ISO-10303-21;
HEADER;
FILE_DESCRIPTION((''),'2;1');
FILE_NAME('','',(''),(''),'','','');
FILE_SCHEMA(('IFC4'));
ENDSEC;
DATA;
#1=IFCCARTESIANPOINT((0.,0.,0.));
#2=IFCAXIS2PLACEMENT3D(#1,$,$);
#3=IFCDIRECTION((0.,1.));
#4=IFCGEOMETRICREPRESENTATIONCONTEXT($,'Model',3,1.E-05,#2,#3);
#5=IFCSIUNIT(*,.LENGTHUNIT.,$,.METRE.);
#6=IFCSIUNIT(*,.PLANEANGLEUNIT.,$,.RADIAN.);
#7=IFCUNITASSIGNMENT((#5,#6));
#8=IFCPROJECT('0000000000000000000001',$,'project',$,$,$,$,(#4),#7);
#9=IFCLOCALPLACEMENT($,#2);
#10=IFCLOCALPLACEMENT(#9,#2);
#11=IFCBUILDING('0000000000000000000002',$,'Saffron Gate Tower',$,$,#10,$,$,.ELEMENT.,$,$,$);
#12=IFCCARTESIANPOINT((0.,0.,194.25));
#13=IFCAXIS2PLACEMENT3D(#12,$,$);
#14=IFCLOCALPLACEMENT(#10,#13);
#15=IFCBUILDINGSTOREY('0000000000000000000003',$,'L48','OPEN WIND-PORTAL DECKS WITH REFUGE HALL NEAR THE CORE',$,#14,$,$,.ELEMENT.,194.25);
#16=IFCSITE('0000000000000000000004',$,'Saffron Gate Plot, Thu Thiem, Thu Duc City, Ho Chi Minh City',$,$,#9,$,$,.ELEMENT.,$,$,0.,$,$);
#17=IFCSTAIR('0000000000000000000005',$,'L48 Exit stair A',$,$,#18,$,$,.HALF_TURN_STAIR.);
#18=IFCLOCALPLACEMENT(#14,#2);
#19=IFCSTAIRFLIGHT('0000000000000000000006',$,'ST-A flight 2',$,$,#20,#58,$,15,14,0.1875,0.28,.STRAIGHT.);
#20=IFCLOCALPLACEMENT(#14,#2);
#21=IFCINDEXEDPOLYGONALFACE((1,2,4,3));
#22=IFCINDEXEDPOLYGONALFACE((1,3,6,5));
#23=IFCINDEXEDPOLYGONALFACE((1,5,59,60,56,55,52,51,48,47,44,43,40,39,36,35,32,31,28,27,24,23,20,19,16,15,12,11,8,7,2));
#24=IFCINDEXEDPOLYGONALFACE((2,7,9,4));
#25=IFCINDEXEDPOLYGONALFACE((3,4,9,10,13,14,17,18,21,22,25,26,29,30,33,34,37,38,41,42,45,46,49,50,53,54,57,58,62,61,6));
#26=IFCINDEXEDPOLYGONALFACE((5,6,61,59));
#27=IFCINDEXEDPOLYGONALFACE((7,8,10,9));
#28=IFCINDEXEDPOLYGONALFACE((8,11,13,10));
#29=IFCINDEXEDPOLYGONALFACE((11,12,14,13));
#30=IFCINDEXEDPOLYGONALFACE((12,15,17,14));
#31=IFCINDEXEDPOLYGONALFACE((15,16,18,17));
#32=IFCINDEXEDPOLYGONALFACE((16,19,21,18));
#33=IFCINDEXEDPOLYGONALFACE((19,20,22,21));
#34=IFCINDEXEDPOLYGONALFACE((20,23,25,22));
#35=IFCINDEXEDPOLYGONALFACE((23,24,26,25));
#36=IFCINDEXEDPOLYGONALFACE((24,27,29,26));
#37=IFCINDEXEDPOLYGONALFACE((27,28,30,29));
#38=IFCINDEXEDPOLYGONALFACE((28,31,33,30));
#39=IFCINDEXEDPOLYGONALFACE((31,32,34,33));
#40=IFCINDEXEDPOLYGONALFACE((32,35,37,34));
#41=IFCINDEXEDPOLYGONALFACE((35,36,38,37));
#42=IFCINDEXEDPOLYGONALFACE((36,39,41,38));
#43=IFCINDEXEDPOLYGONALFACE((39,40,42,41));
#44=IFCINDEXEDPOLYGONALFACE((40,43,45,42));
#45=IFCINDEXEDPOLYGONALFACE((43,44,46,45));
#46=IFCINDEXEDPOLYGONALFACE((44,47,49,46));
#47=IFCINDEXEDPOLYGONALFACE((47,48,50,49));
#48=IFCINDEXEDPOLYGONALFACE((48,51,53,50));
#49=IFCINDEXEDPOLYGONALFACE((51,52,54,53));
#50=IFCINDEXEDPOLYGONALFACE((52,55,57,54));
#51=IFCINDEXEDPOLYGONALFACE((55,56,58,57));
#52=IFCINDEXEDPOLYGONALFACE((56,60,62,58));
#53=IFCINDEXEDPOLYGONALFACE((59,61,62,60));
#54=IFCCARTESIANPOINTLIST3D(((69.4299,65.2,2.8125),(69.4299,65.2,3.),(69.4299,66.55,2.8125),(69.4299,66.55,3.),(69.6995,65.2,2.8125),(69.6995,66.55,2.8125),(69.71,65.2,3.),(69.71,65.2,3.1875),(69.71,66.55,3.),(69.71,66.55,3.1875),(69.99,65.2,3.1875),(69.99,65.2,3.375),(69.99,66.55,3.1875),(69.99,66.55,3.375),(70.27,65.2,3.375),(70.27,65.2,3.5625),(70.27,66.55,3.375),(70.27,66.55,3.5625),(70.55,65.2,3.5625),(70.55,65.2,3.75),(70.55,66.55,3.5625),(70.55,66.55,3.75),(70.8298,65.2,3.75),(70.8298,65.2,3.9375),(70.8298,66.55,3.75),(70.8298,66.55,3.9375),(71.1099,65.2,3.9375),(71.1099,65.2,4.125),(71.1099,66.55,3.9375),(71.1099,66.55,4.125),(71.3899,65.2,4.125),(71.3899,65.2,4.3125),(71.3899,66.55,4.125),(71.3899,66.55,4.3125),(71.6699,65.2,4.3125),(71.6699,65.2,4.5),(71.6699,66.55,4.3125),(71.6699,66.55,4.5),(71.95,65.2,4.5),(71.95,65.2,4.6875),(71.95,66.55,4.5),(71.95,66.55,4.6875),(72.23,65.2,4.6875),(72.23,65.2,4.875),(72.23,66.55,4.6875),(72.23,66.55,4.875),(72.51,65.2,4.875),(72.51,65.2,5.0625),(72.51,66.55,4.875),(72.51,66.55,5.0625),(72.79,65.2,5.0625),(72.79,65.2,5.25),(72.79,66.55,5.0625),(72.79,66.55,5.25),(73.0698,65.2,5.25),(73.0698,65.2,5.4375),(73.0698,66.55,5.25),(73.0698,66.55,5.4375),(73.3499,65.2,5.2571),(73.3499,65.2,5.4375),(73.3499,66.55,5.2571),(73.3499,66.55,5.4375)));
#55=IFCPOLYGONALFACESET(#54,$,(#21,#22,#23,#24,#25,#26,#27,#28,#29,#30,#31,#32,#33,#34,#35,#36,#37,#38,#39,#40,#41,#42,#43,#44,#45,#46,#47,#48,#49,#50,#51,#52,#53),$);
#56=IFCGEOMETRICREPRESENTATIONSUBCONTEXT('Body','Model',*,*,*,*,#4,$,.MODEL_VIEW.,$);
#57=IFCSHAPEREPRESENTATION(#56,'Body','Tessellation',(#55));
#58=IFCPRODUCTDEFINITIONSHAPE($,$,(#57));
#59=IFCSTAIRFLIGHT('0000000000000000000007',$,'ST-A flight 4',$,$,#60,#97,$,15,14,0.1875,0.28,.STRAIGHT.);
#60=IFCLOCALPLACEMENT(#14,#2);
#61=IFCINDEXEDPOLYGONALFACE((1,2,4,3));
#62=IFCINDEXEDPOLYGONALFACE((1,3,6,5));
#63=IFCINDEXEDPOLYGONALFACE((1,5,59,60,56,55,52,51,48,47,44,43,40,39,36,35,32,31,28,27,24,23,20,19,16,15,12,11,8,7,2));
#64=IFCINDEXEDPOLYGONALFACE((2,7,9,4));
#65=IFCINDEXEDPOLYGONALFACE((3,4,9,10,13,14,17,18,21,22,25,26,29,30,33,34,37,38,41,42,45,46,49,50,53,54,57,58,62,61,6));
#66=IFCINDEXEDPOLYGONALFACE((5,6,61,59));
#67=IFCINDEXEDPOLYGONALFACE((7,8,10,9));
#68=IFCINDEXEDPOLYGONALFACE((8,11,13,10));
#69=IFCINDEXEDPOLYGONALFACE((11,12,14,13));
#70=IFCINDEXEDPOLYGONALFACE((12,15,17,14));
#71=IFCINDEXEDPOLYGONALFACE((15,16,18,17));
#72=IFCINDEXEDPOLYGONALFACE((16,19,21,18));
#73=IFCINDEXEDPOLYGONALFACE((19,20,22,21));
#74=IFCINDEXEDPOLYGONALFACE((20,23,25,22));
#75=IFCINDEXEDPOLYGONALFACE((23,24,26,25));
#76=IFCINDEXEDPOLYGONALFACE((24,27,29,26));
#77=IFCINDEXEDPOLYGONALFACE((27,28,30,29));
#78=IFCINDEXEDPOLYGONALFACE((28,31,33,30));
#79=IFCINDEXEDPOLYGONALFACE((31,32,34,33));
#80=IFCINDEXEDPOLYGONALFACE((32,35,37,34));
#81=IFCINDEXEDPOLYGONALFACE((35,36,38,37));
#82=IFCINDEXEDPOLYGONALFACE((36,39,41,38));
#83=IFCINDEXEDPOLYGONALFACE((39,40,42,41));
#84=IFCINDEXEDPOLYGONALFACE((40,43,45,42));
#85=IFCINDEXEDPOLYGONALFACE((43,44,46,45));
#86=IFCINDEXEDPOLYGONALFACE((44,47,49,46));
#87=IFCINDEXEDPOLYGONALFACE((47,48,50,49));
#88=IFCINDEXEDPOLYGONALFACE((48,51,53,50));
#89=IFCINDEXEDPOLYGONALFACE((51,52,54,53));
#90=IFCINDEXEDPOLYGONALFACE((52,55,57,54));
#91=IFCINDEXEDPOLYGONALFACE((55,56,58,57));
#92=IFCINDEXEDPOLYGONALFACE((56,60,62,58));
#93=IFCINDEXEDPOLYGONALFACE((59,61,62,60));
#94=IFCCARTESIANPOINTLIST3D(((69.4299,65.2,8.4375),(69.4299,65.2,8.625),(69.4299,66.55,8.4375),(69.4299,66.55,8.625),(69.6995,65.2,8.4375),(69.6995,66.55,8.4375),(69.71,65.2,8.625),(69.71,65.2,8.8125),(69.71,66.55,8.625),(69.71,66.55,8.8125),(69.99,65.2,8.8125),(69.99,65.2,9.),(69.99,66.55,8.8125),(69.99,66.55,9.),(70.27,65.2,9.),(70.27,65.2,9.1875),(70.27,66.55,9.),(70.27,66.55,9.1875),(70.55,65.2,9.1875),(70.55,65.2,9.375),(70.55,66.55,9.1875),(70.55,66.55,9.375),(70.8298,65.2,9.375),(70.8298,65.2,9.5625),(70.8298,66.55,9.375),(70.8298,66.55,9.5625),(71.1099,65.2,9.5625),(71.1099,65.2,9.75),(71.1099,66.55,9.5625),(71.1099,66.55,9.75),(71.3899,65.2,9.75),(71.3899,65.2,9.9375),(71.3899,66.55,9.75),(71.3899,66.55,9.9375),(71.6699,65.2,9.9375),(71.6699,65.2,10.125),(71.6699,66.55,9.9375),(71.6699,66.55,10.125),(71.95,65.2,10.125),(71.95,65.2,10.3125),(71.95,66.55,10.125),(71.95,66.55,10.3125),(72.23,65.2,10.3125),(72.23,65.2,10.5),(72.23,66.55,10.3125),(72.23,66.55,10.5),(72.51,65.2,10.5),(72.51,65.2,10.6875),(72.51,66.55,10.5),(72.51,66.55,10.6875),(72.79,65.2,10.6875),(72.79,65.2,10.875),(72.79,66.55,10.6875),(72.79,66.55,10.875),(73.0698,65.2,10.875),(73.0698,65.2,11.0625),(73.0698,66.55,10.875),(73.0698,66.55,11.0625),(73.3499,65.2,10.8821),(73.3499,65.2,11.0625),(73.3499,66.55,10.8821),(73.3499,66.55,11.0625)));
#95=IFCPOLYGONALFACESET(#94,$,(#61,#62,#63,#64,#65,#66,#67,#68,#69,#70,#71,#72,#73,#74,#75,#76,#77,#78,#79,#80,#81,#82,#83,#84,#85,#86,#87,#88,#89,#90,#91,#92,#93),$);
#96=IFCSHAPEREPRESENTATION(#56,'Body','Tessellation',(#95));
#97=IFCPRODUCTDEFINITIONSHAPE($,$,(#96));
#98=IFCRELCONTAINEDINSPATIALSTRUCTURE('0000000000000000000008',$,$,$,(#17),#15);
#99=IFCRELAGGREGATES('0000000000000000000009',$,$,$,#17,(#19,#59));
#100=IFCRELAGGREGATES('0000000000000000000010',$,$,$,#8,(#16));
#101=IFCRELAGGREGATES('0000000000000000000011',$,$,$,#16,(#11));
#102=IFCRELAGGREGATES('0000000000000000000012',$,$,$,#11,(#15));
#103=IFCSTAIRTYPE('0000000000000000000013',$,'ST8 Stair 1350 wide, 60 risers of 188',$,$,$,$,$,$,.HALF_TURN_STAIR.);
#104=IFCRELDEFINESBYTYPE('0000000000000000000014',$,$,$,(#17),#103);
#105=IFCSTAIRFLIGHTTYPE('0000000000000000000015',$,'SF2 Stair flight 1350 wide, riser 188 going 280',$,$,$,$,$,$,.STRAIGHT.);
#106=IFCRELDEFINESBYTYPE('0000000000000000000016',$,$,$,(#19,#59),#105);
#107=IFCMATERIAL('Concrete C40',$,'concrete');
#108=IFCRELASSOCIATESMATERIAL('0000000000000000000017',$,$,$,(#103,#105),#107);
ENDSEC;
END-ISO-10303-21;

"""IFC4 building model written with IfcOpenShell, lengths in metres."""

from ifc_helpers import new_model, si_unit, direction, frame, origin, place, context, subcontext, project, spatial, polyline, outline, extrude, material, type_object, element, aggregate, save


model = new_model("IFC4")

# Units and contexts
model_context = context("Model", 3, precision=1e-05, world=origin(), true_north=direction((0.0, 1.0)))
body_context = subcontext(model_context, "Body", "Model", "MODEL_VIEW")
ifc_project = project(units=[si_unit("LENGTHUNIT", "METRE"), si_unit("PLANEANGLEUNIT", "RADIAN")], contexts=[model_context])

# Site, building, storey
site_placement = place(None, origin())
site = spatial("IfcSite", under=ifc_project, at=site_placement, Name="Saffron Gate Plot, Thu Thiem, Thu Duc City, Ho Chi Minh City", CompositionType="ELEMENT", RefElevation=0.0)
building_placement = place(site_placement, origin())
building = spatial("IfcBuilding", under=site, at=building_placement, Name="Saffron Gate Tower", CompositionType="ELEMENT")
storey_placement = place(building_placement, frame((0.0, 0.0, 194.25)))
storey = spatial("IfcBuildingStorey", under=building, at=storey_placement, Name="L48", Description="OPEN WIND-PORTAL DECKS WITH REFUGE HALL NEAR THE CORE", CompositionType="ELEMENT", Elevation=194.25)

# Stair, stair flights
ifc_material_1 = material(Name="Concrete C40", Category="concrete")
stair_type = type_object("IfcStairType", Name="ST8 Stair 1350 wide, 60 risers of 188", PredefinedType="HALF_TURN_STAIR", material=ifc_material_1)
stair_placement = place(storey_placement, origin())
stair = element("IfcStair", 1, at=stair_placement, inside=storey, type_object=stair_type, Name="L48 Exit stair A", PredefinedType="HALF_TURN_STAIR")
stair_flight_type = type_object("IfcStairFlightType", Name="SF2 Stair flight 1350 wide, riser 188 going 280", PredefinedType="STRAIGHT", material=ifc_material_1)
stair_flight_1_placement = place(storey_placement, frame((69.4299, 65.875, 2.8125), z_axis=(0.0, 0.0, 1.0), x_axis=(1.0, 0.0, 0.0)))
stair_flight_1 = element("IfcStairFlight", 2, at=stair_flight_1_placement, type_object=stair_flight_type, Name="ST-A flight 2", NumberOfRisers=15, NumberOfTreads=14, PredefinedType="STRAIGHT", RiserHeight=0.1875, TreadLength=0.28, context=body_context, shape_type="SweptSolid", body=[
    extrude(outline(polyline([(0.0, 0.0), (0.0, 0.1875), (0.28, 0.1875), (0.28, 0.375), (0.5601, 0.375), (0.5601, 0.5625), (0.8401, 0.5625), (0.8401, 0.75), (1.1201, 0.75), (1.1201, 0.9375), (1.3999, 0.9375), (1.3999, 1.125), (1.6799, 1.125), (1.6799, 1.3125), (1.96, 1.3125), (1.96, 1.5), (2.24, 1.5), (2.24, 1.6875), (2.52, 1.6875), (2.52, 1.875), (2.8, 1.875), (2.8, 2.0625), (3.0801, 2.0625), (3.0801, 2.25), (3.3601, 2.25), (3.3601, 2.4375), (3.6399, 2.4375), (3.6399, 2.625), (3.9199, 2.625), (3.9199, 2.8125), (3.9199, 2.4446), (0.2695, 0.0), (0.0, 0.0)])), frame((0.0, 0.675, 0.0), z_axis=(0.0, -1.0, 0.0), x_axis=(1.0, 0.0, 0.0)), (0.0, 0.0, 1.0), 1.3501),
])
stair_flight_2_placement = place(storey_placement, frame((69.4299, 65.875, 8.4375), z_axis=(0.0, 0.0, 1.0), x_axis=(1.0, 0.0, 0.0)))
stair_flight_2 = element("IfcStairFlight", 3, at=stair_flight_2_placement, type_object=stair_flight_type, Name="ST-A flight 4", NumberOfRisers=15, NumberOfTreads=14, PredefinedType="STRAIGHT", RiserHeight=0.1875, TreadLength=0.28, context=body_context, shape_type="SweptSolid", body=[
    extrude(outline(polyline([(0.0, 0.0), (0.0, 0.1875), (0.28, 0.1875), (0.28, 0.375), (0.5601, 0.375), (0.5601, 0.5625), (0.8401, 0.5625), (0.8401, 0.75), (1.1201, 0.75), (1.1201, 0.9375), (1.3999, 0.9375), (1.3999, 1.125), (1.6799, 1.125), (1.6799, 1.3125), (1.96, 1.3125), (1.96, 1.5), (2.24, 1.5), (2.24, 1.6875), (2.52, 1.6875), (2.52, 1.875), (2.8, 1.875), (2.8, 2.0625), (3.0801, 2.0625), (3.0801, 2.25), (3.3601, 2.25), (3.3601, 2.4375), (3.6399, 2.4375), (3.6399, 2.625), (3.9199, 2.625), (3.9199, 2.8125), (3.9199, 2.4446), (0.2695, 0.0), (0.0, 0.0)])), frame((0.0, 0.675, 0.0), z_axis=(0.0, -1.0, 0.0), x_axis=(1.0, 0.0, 0.0)), (0.0, 0.0, 1.0), 1.3501),
])
aggregate(stair, [stair_flight_1, stair_flight_2])

save(model, "model.ifc")
